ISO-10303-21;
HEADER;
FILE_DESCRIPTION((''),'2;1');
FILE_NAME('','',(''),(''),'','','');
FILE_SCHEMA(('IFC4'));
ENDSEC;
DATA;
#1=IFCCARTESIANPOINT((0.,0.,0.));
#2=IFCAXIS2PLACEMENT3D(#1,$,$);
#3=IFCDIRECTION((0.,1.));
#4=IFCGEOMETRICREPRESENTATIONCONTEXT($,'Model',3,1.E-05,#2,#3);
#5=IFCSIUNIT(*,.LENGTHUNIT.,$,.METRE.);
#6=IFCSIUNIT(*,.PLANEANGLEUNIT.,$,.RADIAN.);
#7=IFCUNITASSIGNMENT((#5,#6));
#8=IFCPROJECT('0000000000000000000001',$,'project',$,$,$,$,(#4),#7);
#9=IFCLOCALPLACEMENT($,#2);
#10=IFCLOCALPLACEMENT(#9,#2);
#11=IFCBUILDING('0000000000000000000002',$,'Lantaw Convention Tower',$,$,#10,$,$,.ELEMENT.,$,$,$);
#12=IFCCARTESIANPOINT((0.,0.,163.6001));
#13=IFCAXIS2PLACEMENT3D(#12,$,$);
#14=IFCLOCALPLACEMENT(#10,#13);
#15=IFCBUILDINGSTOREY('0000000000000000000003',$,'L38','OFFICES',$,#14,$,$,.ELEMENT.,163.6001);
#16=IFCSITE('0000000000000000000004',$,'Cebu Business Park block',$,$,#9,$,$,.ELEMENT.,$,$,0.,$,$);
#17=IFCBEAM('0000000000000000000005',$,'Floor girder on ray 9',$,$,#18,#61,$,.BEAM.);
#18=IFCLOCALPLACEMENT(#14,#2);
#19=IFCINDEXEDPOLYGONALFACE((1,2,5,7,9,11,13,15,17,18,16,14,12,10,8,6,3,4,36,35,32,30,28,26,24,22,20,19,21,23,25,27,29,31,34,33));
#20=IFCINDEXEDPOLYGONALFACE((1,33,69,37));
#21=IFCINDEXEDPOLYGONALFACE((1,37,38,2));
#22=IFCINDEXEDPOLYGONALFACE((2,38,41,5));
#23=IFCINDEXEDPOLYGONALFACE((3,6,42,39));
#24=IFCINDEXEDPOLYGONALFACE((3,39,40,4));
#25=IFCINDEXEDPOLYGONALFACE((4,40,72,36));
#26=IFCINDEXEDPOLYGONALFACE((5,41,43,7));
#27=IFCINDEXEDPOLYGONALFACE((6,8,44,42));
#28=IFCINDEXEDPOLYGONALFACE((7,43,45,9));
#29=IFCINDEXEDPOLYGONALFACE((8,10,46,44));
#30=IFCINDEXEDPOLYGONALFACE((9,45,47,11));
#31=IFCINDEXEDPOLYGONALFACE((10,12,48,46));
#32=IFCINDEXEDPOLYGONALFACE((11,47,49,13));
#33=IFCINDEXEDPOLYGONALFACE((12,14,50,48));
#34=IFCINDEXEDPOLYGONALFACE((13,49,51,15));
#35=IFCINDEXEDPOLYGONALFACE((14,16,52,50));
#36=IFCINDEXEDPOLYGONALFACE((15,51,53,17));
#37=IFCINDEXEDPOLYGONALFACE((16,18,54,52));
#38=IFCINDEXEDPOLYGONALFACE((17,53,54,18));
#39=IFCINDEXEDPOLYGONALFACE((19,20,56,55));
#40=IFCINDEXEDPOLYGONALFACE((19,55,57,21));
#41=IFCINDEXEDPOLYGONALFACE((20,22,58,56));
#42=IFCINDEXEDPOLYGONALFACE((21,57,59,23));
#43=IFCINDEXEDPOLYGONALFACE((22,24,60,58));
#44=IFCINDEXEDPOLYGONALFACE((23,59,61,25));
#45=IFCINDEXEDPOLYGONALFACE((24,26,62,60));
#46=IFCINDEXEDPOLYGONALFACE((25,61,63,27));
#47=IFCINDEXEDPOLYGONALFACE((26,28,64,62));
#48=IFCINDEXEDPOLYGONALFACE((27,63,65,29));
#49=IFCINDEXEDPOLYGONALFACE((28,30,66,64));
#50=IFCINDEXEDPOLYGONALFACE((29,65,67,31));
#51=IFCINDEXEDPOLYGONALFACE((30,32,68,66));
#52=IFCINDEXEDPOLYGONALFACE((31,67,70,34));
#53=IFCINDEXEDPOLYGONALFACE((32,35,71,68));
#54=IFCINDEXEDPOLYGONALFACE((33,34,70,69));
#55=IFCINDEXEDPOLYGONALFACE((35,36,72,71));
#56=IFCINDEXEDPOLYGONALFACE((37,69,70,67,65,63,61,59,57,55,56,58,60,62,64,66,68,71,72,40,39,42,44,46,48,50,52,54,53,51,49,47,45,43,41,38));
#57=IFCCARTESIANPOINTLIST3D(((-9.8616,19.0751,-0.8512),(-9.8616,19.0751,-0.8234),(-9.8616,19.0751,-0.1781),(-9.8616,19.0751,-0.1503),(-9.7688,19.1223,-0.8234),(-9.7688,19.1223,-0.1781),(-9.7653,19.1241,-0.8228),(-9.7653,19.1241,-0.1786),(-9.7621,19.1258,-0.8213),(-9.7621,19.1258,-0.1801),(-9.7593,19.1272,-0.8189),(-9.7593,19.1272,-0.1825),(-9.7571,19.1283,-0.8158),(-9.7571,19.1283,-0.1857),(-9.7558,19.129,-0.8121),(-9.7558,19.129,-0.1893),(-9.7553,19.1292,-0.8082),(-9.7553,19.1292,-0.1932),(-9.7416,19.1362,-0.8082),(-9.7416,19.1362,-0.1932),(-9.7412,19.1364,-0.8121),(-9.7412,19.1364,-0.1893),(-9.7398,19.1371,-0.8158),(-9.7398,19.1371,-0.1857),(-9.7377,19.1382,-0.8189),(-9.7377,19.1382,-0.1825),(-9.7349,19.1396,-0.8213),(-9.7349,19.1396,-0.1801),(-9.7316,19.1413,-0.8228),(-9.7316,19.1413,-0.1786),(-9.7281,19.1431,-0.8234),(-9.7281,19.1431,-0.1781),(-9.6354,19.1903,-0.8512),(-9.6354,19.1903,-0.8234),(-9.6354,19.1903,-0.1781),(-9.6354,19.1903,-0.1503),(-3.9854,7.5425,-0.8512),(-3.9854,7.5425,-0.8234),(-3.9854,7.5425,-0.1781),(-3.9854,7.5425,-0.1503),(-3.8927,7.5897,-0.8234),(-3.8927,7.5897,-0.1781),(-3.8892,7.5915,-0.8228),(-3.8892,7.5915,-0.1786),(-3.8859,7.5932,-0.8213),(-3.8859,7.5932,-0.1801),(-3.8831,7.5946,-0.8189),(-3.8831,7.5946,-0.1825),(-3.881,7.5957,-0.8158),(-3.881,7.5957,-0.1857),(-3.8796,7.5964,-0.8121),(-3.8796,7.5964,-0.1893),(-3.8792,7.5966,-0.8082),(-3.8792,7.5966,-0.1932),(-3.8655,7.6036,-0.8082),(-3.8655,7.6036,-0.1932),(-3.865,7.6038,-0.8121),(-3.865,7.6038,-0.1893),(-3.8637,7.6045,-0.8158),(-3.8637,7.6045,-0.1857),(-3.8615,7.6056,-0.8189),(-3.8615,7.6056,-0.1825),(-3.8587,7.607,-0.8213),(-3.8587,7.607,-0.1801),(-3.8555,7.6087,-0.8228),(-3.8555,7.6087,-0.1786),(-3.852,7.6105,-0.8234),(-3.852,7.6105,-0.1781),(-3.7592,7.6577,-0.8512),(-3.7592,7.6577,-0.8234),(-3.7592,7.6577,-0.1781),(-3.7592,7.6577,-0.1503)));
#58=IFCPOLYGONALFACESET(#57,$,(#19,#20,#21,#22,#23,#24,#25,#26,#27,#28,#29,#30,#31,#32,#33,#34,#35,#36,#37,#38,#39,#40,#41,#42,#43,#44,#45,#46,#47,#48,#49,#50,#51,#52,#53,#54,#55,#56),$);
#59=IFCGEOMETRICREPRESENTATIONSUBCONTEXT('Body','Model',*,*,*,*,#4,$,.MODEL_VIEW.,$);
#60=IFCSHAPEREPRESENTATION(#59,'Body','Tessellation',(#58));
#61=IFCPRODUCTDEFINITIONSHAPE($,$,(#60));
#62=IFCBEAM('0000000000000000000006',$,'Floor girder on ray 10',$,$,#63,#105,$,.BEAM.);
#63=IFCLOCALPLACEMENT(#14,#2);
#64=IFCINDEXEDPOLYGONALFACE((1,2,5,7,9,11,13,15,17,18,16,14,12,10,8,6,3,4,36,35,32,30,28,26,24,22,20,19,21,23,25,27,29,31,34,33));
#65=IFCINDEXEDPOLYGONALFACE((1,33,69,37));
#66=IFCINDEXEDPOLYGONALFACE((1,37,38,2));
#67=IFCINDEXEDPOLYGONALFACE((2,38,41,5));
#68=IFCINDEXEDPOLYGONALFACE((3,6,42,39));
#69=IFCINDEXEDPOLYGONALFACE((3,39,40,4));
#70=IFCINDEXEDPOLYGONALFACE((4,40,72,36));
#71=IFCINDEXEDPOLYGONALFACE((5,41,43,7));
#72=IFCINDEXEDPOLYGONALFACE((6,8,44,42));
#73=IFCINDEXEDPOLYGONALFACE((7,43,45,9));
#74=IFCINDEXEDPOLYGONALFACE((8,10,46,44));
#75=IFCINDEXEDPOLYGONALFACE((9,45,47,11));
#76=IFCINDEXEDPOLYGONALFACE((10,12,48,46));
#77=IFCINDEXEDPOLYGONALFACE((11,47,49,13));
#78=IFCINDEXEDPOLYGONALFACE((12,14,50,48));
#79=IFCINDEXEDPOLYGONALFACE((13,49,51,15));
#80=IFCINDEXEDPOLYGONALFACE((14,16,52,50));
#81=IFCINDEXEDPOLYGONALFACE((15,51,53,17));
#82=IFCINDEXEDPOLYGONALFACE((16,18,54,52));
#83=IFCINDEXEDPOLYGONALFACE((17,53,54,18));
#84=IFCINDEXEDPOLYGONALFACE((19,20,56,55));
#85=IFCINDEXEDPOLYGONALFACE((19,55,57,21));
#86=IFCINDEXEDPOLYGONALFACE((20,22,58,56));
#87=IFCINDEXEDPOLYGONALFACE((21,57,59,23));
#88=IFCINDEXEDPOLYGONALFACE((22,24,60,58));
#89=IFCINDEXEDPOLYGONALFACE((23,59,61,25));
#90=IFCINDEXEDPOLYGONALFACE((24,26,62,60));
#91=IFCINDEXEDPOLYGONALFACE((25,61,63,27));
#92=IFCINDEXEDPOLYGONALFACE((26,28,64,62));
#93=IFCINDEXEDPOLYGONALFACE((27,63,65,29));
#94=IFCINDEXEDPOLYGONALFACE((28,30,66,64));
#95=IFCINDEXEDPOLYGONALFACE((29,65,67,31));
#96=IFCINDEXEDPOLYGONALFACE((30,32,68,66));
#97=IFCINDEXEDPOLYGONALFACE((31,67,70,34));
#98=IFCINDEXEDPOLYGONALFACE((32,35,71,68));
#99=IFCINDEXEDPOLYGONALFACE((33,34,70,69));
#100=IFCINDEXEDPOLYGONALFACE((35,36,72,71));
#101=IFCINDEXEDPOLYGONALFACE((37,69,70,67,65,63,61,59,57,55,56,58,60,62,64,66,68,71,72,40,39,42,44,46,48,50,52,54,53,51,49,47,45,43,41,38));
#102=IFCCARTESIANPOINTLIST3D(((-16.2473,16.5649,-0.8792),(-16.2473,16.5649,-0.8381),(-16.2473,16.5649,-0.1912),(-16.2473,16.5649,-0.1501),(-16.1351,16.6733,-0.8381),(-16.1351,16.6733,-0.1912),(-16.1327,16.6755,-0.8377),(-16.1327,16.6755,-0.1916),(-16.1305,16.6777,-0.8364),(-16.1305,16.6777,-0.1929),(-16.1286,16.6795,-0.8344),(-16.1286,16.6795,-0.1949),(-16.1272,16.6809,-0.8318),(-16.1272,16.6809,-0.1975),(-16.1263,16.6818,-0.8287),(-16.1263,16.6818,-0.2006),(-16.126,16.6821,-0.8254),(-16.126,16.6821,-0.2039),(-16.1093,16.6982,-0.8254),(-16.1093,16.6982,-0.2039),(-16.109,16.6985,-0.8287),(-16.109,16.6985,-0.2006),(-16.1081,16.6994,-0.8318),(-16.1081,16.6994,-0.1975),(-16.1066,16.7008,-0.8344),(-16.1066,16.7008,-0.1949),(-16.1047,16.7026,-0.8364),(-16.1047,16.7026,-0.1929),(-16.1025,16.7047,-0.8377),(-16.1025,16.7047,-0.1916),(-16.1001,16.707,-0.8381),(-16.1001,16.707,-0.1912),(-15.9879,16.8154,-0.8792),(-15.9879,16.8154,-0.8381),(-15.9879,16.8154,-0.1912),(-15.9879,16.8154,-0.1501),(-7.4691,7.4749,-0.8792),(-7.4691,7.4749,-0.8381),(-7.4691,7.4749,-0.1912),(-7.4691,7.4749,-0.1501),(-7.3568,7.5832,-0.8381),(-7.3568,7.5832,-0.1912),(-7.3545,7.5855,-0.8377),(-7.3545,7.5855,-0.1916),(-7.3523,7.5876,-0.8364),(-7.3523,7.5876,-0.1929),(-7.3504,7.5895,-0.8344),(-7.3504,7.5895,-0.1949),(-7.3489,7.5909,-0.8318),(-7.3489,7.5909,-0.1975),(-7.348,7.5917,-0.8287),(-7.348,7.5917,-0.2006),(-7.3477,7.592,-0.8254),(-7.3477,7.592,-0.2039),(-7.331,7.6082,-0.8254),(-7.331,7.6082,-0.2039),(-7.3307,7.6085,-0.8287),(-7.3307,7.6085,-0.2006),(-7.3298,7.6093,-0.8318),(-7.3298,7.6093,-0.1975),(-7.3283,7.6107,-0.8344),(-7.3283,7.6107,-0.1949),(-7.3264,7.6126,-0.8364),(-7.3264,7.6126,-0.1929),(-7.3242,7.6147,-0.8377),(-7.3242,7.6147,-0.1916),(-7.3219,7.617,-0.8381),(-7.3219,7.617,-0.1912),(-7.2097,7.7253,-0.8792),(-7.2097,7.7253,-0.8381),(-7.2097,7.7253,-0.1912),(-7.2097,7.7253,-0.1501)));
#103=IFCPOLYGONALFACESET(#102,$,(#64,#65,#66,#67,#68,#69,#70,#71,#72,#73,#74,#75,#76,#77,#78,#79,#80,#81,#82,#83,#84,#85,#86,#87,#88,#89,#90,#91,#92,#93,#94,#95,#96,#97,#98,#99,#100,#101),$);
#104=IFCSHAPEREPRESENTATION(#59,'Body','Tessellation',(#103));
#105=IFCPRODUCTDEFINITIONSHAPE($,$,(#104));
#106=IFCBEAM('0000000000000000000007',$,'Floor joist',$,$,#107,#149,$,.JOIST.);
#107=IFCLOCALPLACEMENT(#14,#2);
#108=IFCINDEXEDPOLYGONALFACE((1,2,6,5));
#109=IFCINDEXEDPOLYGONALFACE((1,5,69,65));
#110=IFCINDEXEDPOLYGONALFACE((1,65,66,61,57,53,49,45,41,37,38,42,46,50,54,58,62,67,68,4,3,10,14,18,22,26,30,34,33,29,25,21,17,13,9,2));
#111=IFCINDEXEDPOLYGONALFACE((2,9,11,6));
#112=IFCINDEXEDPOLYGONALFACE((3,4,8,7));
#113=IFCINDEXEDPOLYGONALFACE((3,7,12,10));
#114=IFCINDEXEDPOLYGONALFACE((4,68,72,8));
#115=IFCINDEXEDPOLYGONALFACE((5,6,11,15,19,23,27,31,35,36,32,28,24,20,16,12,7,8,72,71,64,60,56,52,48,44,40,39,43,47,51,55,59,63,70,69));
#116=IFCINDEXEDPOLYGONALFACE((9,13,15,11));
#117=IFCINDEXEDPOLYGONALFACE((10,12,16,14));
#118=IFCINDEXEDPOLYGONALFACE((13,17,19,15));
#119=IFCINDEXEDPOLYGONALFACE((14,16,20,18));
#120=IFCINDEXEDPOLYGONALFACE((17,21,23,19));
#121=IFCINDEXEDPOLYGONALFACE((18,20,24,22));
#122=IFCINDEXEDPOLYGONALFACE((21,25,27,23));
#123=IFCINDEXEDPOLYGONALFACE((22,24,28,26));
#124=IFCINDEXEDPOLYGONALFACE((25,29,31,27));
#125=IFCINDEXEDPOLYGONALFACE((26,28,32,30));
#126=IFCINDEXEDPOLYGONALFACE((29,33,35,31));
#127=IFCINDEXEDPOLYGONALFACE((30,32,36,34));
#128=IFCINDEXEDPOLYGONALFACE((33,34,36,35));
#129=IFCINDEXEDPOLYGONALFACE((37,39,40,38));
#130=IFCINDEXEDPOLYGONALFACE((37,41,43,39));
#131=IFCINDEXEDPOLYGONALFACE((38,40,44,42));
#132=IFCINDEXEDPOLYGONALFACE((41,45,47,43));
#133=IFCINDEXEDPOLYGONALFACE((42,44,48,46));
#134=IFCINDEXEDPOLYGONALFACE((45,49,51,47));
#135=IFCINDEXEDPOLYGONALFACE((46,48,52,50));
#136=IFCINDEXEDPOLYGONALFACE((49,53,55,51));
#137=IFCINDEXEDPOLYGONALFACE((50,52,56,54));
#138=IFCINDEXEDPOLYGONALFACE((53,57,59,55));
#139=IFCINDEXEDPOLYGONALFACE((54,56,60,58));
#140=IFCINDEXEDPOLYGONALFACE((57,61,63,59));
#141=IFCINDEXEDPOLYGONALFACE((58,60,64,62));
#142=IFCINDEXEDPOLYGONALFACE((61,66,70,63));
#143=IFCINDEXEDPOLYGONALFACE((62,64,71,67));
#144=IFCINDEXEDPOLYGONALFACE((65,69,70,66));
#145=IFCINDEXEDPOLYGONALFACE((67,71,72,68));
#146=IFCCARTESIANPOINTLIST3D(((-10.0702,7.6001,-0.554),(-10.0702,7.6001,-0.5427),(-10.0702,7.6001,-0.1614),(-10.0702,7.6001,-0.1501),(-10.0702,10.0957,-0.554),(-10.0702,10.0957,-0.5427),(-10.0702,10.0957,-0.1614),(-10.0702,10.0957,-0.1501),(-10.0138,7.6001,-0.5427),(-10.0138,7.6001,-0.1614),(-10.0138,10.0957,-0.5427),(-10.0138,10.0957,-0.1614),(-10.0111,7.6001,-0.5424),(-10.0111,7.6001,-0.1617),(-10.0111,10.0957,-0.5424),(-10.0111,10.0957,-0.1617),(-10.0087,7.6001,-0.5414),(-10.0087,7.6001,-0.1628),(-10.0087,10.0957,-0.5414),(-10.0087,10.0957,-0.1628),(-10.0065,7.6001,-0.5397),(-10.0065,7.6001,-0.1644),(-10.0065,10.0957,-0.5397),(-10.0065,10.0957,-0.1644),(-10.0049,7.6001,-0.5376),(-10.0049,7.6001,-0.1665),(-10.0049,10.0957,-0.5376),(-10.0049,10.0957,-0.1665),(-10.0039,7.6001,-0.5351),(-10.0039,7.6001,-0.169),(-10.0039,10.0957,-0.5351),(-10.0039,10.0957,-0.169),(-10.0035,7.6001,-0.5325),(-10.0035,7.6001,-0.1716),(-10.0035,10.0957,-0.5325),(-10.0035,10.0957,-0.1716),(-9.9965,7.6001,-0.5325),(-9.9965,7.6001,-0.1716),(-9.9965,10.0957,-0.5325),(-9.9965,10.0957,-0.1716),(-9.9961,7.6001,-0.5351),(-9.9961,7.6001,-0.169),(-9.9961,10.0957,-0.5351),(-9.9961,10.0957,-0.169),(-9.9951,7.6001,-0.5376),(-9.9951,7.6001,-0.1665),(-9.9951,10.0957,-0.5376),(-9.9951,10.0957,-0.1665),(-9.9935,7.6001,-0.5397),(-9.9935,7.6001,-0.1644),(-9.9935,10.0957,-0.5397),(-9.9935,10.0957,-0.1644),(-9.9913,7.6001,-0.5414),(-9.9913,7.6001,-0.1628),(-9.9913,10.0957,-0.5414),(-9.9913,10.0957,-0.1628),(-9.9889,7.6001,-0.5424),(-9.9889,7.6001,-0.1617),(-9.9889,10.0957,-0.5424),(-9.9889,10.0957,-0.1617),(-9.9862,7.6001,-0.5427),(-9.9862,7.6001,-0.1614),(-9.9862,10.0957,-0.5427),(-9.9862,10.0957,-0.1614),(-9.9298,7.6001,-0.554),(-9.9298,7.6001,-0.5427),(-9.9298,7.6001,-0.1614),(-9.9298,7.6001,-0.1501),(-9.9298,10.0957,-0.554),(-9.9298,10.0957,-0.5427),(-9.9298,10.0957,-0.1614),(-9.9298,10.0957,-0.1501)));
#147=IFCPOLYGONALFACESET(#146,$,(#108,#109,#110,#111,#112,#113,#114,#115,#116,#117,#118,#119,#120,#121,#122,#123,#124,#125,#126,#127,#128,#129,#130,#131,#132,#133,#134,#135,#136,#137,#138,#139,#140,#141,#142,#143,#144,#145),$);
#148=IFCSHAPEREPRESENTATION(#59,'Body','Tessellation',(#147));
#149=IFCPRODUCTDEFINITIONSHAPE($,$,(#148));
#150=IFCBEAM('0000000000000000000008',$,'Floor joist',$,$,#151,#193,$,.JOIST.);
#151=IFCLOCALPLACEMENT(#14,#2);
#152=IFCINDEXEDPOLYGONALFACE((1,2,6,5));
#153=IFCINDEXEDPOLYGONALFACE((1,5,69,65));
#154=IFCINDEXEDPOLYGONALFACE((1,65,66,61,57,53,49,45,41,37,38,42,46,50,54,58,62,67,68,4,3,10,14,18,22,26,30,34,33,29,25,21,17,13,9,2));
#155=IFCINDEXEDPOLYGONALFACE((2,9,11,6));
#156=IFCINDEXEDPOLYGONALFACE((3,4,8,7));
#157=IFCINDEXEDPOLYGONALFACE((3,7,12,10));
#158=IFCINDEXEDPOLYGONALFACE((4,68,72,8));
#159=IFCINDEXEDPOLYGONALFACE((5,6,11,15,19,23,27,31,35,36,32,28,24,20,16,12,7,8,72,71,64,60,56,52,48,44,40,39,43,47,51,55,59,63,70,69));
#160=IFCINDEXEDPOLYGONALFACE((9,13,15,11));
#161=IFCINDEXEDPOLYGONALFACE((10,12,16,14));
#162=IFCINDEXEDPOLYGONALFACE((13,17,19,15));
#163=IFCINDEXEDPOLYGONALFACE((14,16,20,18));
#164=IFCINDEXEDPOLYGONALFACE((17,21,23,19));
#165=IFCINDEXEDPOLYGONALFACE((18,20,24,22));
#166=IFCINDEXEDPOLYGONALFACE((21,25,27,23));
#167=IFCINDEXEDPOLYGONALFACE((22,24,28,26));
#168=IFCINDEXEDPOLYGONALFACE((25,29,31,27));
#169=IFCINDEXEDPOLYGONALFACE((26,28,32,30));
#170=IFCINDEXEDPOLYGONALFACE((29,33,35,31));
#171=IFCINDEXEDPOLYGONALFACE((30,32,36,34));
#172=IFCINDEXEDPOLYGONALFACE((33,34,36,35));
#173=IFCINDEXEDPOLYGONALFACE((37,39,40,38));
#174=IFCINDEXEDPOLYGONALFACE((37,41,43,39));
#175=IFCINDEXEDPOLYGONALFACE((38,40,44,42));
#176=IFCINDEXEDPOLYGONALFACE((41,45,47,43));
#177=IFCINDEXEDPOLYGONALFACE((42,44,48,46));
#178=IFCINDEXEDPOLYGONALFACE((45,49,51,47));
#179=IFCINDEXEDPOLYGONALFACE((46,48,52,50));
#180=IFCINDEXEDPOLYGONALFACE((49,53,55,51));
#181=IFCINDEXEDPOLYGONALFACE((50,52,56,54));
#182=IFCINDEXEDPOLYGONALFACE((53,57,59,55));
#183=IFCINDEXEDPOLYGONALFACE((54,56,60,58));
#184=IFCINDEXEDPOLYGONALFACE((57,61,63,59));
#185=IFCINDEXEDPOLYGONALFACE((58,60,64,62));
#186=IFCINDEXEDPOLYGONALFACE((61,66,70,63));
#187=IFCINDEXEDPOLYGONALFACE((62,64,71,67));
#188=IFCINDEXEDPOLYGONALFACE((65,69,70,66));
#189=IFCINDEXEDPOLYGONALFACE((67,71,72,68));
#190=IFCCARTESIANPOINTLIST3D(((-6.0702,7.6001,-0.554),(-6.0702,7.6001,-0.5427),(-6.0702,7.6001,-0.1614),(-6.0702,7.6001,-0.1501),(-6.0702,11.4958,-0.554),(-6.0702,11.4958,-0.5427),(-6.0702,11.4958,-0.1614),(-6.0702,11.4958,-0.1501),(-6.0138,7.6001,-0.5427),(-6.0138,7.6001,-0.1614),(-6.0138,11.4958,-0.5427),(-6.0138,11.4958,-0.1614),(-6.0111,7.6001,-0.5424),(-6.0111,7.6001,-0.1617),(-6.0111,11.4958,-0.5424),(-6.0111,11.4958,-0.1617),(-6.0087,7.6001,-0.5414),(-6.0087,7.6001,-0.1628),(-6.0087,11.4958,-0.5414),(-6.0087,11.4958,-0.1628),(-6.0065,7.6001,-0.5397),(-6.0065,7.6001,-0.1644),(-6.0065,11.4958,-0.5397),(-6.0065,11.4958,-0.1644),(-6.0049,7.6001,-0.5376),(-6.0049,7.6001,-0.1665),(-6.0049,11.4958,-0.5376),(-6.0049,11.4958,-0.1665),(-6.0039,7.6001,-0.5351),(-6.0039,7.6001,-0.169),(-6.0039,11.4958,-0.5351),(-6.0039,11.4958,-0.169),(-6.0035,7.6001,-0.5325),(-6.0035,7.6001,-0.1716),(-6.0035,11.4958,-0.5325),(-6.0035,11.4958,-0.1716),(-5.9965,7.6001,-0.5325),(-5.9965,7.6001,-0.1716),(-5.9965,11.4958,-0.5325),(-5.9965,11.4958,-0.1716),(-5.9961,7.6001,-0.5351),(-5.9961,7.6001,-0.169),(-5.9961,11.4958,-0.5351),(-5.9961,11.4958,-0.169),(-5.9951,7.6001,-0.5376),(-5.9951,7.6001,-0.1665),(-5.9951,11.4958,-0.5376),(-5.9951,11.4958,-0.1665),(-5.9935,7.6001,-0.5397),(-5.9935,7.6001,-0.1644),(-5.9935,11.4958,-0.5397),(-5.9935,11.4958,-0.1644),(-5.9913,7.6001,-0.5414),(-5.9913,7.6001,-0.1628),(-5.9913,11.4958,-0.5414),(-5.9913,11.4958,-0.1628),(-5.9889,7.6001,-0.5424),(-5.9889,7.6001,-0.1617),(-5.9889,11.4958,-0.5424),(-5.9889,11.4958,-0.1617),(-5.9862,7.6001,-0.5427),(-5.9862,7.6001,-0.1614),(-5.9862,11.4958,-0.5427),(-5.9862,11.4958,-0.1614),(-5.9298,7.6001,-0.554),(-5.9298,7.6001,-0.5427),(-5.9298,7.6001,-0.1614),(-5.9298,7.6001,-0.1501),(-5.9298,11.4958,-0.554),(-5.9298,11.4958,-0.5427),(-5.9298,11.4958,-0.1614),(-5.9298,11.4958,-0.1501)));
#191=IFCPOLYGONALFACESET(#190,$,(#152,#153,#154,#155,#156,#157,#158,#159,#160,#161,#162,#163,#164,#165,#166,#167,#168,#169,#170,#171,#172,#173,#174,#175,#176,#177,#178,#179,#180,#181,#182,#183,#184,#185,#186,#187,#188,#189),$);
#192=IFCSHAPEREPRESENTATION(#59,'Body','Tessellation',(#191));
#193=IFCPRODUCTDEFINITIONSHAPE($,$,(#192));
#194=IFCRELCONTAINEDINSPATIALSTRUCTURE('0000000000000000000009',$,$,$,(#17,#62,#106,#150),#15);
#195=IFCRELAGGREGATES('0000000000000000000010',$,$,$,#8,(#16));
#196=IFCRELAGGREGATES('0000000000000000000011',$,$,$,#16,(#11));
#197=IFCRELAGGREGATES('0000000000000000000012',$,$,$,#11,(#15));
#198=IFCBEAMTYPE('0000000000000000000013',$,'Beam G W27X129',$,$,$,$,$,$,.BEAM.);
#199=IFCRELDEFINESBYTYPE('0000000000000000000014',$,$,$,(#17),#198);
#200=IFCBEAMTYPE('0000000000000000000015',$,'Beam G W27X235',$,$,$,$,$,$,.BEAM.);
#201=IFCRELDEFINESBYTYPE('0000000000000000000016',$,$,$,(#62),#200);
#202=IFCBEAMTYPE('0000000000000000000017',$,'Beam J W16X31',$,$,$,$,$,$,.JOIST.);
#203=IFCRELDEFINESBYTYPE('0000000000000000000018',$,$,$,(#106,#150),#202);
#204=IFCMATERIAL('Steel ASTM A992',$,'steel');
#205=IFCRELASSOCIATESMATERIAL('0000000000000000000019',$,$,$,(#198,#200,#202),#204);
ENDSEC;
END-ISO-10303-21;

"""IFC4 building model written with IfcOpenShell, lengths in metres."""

from ifc_helpers import new_model, si_unit, direction, frame, origin, origin_2d, place, context, subcontext, project, spatial, i_section, extrude, material, material_profile, profile_set, type_object, element, save


model = new_model("IFC4")

# Units and contexts
model_context = context("Model", 3, precision=1e-05, world=origin(), true_north=direction((0.0, 1.0)))
body_context = subcontext(model_context, "Body", "Model", "MODEL_VIEW")
ifc_project = project(units=[si_unit("LENGTHUNIT", "METRE"), si_unit("PLANEANGLEUNIT", "RADIAN")], contexts=[model_context])

# Site, building, storey
site_placement = place(None, origin())
site = spatial("IfcSite", under=ifc_project, at=site_placement, Name="Cebu Business Park block", CompositionType="ELEMENT", RefElevation=0.0)
building_placement = place(site_placement, origin())
building = spatial("IfcBuilding", under=site, at=building_placement, Name="Lantaw Convention Tower", CompositionType="ELEMENT")
storey_placement = place(building_placement, frame((0.0, 0.0, 163.6001)))
storey = spatial("IfcBuildingStorey", under=building, at=storey_placement, Name="L38", Description="OFFICES", CompositionType="ELEMENT", Elevation=163.6001)

# Beams
ifc_material_1 = material(Name="Steel ASTM A992", Category="steel")
ifc_material_profile_1 = material_profile(ifc_material_1, i_section(OverallWidth=0.2539, OverallDepth=0.7009, WebThickness=0.0154, FlangeThickness=0.0278, FilletRadius=0.0151, at=origin_2d()), Name="W27X129")
ifc_profile_set_1 = profile_set([ifc_material_profile_1], Name="Steel ASTM A992")
beam_type_1 = type_object("IfcBeamType", Name="Beam G W27X129", PredefinedType="BEAM", material=ifc_profile_set_1)
beam_1_placement = place(storey_placement, frame((-3.8723, 7.6001, -0.5007), z_axis=(-0.453991, 0.891006, 0.0), x_axis=(-0.891006, -0.453991, 0.0)))
element("IfcBeam", 1, at=beam_1_placement, inside=storey, type_object=beam_type_1, Name="Floor girder on ray 9", PredefinedType="BEAM", context=body_context, shape_type="SweptSolid", body=[
    extrude(i_section(OverallWidth=0.2539, OverallDepth=0.7009, WebThickness=0.0154, FlangeThickness=0.0278, FilletRadius=0.0151, at=origin_2d()), origin(), (0.0, 0.0, 1.0), 12.9434),
])
ifc_material_profile_2 = material_profile(ifc_material_1, i_section(OverallWidth=0.3606, OverallDepth=0.729, WebThickness=0.0232, FlangeThickness=0.041, FilletRadius=0.0127, at=origin_2d()), Name="W27X235")
ifc_profile_set_2 = profile_set([ifc_material_profile_2], Name="Steel ASTM A992")
beam_type_2 = type_object("IfcBeamType", Name="Beam G W27X235", PredefinedType="BEAM", material=ifc_profile_set_2)
beam_2_placement = place(storey_placement, frame((-7.3394, 7.6001, -0.5146), z_axis=(-0.694663, 0.719335, 0.0), x_axis=(-0.719335, -0.694663, 0.0)))
element("IfcBeam", 2, at=beam_2_placement, inside=storey, type_object=beam_type_2, Name="Floor girder on ray 10", PredefinedType="BEAM", context=body_context, shape_type="SweptSolid", body=[
    extrude(i_section(OverallWidth=0.3606, OverallDepth=0.729, WebThickness=0.0232, FlangeThickness=0.041, FilletRadius=0.0127, at=origin_2d()), origin(), (0.0, 0.0, 1.0), 12.6367),
])
ifc_material_profile_3 = material_profile(ifc_material_1, i_section(OverallWidth=0.1404, OverallDepth=0.4038, WebThickness=0.0071, FlangeThickness=0.0112, FilletRadius=0.0103, at=origin_2d()), Name="W16X31")
ifc_profile_set_3 = profile_set([ifc_material_profile_3], Name="Steel ASTM A992")
beam_type_3 = type_object("IfcBeamType", Name="Beam J W16X31", PredefinedType="JOIST", material=ifc_profile_set_3)
beam_3_placement = place(storey_placement, frame((-10.0, 7.6001, -0.3521), z_axis=(0.0, 1.0, 0.0), x_axis=(-1.0, 0.0, 0.0)))
element("IfcBeam", 3, at=beam_3_placement, inside=storey, type_object=beam_type_3, Name="Floor joist", PredefinedType="JOIST", context=body_context, shape_type="SweptSolid", body=[
    extrude(i_section(OverallWidth=0.1404, OverallDepth=0.4038, WebThickness=0.0071, FlangeThickness=0.0112, FilletRadius=0.0103, at=origin_2d()), origin(), (0.0, 0.0, 1.0), 2.4956),
])
beam_4_placement = place(storey_placement, frame((-6.0, 7.6001, -0.3521), z_axis=(0.0, 1.0, 0.0), x_axis=(-1.0, 0.0, 0.0)))
element("IfcBeam", 4, at=beam_4_placement, inside=storey, type_object=beam_type_3, Name="Floor joist", PredefinedType="JOIST", context=body_context, shape_type="SweptSolid", body=[
    extrude(i_section(OverallWidth=0.1404, OverallDepth=0.4038, WebThickness=0.0071, FlangeThickness=0.0112, FilletRadius=0.0103, at=origin_2d()), origin(), (0.0, 0.0, 1.0), 3.8958),
])

save(model, "model.ifc")
